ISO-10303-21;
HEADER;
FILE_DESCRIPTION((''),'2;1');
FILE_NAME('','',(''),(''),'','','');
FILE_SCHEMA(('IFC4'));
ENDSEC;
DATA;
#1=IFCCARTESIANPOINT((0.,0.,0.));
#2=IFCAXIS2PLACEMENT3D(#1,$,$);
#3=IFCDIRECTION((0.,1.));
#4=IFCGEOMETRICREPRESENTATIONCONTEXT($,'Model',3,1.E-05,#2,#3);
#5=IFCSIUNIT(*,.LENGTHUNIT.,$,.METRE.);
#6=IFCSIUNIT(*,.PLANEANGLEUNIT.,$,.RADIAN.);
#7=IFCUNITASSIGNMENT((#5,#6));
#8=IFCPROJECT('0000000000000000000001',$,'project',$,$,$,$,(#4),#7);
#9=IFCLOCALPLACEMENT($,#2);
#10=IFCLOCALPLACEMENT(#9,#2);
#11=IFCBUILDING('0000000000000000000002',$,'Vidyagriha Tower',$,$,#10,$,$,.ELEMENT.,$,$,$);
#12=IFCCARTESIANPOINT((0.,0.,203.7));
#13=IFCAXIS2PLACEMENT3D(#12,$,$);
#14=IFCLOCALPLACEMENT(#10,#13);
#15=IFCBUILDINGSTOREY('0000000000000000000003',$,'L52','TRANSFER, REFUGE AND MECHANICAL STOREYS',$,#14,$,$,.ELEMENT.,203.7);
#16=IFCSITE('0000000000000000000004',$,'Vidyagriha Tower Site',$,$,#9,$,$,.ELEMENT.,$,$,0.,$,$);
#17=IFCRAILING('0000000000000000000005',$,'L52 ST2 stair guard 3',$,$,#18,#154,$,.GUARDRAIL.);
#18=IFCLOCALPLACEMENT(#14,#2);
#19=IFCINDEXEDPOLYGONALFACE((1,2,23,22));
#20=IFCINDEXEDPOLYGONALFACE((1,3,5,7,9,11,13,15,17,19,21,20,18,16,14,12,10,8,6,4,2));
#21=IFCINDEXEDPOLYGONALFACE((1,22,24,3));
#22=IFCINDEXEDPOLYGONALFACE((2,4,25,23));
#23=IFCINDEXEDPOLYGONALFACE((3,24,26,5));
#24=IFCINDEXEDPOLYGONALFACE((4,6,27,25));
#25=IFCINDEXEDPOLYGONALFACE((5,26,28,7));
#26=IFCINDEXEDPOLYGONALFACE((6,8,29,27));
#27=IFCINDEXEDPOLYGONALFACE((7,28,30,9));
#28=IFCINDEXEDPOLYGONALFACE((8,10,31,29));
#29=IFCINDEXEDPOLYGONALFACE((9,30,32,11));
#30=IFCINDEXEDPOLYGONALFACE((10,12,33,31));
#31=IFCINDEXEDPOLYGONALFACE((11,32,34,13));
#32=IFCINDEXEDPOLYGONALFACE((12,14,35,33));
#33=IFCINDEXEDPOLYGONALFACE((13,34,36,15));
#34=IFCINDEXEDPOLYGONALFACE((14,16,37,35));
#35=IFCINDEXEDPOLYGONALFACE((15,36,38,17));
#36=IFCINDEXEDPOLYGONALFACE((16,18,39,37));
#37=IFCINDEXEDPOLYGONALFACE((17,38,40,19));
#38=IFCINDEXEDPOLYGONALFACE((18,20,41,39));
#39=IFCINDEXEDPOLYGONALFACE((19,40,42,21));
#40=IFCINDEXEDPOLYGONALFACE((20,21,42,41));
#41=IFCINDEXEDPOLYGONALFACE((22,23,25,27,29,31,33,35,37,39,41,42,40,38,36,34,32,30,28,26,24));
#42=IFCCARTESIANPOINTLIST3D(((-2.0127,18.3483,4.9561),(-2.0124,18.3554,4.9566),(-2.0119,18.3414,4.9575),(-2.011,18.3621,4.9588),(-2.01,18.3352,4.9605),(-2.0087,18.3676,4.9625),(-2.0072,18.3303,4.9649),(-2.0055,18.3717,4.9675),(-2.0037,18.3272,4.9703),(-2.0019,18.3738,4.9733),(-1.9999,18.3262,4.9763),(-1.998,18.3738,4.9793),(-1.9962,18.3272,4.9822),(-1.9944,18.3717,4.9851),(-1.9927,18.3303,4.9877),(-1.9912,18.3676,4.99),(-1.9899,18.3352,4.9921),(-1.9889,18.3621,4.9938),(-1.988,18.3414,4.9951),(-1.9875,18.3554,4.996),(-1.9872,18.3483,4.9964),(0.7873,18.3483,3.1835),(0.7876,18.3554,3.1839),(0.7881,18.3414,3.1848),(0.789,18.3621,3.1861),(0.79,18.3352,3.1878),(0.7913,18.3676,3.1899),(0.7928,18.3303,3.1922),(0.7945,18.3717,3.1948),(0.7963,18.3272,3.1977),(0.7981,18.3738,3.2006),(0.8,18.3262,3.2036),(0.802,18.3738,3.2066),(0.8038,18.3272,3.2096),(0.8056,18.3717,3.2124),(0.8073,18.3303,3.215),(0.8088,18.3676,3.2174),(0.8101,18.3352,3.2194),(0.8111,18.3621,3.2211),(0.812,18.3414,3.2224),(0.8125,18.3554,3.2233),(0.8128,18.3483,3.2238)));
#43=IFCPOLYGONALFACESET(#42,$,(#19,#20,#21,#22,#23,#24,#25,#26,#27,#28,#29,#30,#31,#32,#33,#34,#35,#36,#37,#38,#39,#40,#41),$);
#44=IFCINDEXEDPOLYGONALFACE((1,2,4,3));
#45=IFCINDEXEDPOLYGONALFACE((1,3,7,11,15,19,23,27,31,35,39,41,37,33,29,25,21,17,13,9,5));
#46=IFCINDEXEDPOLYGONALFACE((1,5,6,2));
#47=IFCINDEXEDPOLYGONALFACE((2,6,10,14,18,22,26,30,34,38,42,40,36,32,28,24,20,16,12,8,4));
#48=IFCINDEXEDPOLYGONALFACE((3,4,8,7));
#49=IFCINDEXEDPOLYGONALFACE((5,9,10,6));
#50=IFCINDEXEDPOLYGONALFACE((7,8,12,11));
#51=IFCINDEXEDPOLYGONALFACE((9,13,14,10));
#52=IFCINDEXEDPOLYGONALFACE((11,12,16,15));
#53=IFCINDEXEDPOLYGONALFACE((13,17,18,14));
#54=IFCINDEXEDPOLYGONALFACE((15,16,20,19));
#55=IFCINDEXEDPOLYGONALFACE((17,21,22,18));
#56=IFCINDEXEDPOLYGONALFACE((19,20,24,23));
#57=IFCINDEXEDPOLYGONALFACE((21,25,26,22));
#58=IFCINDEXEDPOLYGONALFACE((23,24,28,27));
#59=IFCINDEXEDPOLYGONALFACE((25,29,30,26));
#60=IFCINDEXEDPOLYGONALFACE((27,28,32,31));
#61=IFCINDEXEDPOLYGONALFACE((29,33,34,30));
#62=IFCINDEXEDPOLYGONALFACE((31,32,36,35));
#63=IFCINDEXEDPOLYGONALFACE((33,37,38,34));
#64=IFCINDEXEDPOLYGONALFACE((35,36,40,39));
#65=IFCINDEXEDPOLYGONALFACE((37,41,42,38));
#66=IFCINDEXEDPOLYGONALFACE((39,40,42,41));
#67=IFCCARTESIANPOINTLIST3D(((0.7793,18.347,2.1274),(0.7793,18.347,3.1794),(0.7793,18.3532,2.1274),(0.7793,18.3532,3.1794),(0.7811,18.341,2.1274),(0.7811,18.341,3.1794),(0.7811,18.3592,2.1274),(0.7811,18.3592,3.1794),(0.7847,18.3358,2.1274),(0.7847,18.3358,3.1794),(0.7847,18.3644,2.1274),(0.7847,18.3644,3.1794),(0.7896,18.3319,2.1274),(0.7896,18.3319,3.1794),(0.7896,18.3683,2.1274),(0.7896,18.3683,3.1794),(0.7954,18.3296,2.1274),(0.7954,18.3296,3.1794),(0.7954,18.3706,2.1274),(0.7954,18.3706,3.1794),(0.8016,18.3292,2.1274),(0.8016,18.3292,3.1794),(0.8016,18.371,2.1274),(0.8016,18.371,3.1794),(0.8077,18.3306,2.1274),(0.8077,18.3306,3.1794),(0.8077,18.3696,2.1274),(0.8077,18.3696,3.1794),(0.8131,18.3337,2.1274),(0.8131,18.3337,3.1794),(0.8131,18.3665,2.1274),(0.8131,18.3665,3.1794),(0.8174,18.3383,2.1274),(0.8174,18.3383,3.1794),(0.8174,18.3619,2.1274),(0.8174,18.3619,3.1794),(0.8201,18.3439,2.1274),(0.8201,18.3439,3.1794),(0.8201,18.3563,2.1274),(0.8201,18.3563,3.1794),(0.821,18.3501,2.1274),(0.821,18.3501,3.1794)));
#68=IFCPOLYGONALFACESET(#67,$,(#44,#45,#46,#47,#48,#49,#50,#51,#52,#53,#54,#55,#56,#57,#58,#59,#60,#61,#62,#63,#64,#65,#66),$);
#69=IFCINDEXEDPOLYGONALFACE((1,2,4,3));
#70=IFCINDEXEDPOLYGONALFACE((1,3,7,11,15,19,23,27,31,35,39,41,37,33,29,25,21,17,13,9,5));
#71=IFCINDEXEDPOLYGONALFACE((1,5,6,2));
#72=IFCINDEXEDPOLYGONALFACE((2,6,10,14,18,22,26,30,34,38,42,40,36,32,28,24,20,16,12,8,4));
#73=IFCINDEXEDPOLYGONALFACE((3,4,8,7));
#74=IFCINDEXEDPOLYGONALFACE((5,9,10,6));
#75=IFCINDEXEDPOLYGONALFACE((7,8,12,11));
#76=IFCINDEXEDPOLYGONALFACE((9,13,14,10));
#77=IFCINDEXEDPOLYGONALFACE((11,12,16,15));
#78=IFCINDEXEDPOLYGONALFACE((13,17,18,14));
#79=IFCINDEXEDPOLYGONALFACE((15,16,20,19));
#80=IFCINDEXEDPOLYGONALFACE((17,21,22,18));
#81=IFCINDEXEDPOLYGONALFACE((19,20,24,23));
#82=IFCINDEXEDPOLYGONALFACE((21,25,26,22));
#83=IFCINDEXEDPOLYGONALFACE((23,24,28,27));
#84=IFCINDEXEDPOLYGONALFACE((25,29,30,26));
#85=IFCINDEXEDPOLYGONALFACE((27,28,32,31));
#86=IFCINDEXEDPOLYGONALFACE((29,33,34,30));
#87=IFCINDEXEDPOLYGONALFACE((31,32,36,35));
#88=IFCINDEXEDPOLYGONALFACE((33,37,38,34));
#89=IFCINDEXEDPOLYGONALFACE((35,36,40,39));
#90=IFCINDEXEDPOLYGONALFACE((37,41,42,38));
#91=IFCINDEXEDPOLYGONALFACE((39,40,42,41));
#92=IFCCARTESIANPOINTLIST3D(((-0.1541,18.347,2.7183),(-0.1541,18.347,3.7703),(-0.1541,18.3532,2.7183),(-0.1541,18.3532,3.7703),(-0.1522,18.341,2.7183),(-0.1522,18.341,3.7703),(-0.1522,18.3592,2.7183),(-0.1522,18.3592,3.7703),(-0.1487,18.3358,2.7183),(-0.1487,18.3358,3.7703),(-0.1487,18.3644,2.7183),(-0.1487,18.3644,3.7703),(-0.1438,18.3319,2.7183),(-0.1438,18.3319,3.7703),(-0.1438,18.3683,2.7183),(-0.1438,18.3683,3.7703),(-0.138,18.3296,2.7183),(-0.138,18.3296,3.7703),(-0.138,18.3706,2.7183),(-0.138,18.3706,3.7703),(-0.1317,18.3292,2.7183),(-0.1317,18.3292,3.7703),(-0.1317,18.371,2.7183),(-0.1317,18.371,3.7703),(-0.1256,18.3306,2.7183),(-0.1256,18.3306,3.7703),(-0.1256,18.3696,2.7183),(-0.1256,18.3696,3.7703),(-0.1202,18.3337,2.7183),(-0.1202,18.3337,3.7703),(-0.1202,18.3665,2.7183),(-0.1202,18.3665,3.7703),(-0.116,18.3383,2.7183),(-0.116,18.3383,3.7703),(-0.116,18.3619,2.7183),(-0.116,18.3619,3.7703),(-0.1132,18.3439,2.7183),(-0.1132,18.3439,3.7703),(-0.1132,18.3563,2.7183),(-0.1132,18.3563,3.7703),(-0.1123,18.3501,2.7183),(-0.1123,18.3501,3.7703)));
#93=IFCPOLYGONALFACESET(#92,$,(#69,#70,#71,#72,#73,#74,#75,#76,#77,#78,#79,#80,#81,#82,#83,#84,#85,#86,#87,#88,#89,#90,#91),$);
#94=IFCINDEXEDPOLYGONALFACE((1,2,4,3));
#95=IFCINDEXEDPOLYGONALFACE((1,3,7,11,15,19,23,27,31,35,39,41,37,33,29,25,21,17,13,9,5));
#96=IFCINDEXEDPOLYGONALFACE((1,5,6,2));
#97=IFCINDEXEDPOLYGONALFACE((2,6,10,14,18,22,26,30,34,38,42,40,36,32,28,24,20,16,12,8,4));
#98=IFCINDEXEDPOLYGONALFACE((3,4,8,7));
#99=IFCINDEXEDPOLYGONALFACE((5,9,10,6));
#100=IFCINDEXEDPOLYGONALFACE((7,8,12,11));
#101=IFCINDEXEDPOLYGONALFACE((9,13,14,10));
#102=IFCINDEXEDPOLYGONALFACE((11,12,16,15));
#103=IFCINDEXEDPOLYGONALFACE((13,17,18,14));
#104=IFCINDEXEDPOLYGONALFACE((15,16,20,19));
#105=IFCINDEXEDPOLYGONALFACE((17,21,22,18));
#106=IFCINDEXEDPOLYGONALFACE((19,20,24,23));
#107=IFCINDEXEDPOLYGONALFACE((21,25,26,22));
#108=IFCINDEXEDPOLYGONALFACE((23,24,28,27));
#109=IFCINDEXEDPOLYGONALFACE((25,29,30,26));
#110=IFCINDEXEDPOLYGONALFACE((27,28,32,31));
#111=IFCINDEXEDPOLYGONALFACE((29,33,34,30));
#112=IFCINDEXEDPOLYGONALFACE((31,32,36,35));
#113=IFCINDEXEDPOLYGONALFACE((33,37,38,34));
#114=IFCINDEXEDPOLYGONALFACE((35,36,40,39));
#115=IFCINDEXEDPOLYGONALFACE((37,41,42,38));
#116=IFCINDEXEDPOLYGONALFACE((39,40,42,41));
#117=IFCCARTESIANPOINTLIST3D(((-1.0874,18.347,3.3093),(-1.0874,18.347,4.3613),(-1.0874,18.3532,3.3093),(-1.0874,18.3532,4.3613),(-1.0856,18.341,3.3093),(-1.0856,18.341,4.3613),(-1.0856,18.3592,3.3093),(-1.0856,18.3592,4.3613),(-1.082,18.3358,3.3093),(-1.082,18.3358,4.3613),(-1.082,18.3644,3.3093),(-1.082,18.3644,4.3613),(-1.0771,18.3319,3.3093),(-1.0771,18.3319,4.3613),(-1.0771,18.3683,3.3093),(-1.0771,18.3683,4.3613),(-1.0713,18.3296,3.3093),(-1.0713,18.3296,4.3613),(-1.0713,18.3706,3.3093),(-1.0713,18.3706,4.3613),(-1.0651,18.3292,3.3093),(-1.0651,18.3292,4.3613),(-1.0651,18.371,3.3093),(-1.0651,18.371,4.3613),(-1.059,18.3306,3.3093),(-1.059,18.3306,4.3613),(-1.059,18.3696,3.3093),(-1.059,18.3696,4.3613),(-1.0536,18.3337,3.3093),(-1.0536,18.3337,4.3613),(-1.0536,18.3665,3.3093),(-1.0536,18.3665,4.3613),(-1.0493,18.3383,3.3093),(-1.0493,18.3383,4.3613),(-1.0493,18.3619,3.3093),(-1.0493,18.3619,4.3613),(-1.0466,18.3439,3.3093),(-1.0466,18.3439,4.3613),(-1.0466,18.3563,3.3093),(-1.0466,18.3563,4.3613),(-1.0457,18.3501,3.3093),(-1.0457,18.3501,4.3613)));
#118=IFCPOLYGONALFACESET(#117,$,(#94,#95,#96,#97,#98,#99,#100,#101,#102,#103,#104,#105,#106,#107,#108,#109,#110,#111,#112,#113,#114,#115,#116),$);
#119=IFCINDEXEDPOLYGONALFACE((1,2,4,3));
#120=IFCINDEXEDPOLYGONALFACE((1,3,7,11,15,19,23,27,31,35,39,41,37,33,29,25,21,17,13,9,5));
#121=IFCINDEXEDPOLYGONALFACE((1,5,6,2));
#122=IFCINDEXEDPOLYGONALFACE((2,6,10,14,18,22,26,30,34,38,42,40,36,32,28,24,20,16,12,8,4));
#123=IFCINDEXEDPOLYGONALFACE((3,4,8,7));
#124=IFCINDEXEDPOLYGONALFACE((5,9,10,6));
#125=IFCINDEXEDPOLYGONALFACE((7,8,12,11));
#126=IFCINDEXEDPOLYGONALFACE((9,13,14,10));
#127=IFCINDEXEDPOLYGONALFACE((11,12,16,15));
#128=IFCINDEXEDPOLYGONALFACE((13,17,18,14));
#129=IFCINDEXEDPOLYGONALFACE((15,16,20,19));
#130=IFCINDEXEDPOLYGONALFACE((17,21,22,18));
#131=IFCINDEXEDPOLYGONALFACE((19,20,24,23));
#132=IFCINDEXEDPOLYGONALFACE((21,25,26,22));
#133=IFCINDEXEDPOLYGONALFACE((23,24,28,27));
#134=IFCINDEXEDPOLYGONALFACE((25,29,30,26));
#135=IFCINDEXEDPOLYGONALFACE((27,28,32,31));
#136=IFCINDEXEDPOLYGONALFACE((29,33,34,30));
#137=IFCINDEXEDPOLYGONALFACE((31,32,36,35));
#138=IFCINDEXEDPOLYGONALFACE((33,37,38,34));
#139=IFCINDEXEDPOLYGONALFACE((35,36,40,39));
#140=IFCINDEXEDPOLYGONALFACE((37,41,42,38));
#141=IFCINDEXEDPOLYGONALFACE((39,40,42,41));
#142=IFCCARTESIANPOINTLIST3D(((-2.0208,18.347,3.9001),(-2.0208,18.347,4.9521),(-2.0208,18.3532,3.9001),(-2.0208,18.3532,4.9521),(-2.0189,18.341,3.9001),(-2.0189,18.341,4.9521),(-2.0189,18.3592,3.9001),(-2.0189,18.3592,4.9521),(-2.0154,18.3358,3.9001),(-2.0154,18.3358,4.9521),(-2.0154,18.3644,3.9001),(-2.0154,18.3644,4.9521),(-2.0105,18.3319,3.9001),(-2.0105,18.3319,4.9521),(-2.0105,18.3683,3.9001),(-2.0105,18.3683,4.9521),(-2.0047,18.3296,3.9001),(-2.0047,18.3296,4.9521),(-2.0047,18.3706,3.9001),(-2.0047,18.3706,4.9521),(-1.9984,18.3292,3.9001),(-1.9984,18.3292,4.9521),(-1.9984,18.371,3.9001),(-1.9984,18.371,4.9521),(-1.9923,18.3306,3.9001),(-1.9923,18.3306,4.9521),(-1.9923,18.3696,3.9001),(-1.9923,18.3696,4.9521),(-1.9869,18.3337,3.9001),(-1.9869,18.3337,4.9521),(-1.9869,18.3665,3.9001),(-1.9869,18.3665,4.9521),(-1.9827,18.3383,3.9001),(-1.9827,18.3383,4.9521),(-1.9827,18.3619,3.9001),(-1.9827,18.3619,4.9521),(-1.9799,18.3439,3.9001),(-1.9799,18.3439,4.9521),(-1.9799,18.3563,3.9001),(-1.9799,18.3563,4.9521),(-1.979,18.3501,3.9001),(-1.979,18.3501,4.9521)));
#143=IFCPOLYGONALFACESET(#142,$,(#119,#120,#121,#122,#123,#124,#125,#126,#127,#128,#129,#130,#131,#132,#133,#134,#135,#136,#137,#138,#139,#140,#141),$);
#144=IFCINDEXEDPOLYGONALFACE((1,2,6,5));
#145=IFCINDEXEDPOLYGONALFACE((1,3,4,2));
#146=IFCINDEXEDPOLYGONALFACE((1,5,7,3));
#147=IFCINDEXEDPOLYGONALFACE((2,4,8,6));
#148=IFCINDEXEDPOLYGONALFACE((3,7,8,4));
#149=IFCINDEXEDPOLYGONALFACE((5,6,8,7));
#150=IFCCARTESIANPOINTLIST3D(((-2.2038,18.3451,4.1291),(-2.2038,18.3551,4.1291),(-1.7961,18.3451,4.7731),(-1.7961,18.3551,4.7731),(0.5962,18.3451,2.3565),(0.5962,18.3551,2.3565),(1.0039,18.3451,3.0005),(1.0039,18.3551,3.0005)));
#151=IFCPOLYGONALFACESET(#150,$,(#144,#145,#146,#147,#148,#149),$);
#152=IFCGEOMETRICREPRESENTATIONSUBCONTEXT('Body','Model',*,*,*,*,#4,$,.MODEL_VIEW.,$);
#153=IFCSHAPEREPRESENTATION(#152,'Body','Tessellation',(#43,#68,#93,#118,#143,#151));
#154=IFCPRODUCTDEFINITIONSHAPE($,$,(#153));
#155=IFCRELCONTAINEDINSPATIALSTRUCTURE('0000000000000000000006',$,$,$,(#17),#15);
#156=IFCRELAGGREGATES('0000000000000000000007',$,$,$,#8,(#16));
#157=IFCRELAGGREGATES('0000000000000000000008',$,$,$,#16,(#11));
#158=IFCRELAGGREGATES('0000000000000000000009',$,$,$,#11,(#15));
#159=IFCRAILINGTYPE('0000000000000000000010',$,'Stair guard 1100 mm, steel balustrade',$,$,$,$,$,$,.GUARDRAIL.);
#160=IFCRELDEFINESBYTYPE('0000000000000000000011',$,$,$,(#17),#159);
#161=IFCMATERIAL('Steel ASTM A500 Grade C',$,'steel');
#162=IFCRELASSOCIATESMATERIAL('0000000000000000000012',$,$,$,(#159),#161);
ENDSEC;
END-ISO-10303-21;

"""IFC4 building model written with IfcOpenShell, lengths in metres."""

from ifc_helpers import new_model, si_unit, direction, frame, origin, origin_2d, place, context, subcontext, project, spatial, rectangle, circle, extrude, material, type_object, element, save


model = new_model("IFC4")

# Units and contexts
model_context = context("Model", 3, precision=1e-05, world=origin(), true_north=direction((0.0, 1.0)))
body_context = subcontext(model_context, "Body", "Model", "MODEL_VIEW")
ifc_project = project(units=[si_unit("LENGTHUNIT", "METRE"), si_unit("PLANEANGLEUNIT", "RADIAN")], contexts=[model_context])

# Site, building, storey
site_placement = place(None, origin())
site = spatial("IfcSite", under=ifc_project, at=site_placement, Name="Vidyagriha Tower Site", CompositionType="ELEMENT", RefElevation=0.0)
building_placement = place(site_placement, origin())
building = spatial("IfcBuilding", under=site, at=building_placement, Name="Vidyagriha Tower", CompositionType="ELEMENT")
storey_placement = place(building_placement, frame((0.0, 0.0, 203.7)))
storey = spatial("IfcBuildingStorey", under=building, at=storey_placement, Name="L52", Description="TRANSFER, REFUGE AND MECHANICAL STOREYS", CompositionType="ELEMENT", Elevation=203.7)

# Railing
ifc_material_1 = material(Name="Steel ASTM A500 Grade C", Category="steel")
railing_type_1 = type_object("IfcRailingType", Name="Stair guard 1100 mm, steel balustrade", PredefinedType="GUARDRAIL", material=ifc_material_1)
railing_1_placement = place(storey_placement, frame((0.8, 18.3501, 2.1274)))
element("IfcRailing", 1, at=railing_1_placement, inside=storey, type_object=railing_type_1, Name="L52 ST2 stair guard 3", PredefinedType="GUARDRAIL", context=body_context, shape_type="SweptSolid", body=[
    extrude(circle(Radius=0.0239, at=origin_2d()), frame((0.0, 0.0, 1.0762), z_axis=(-0.844909, 0.0, 0.53491), x_axis=(0.0, -1.0, 0.0)), (0.0, 0.0, 1.0), 3.314),
    extrude(circle(Radius=0.021, at=origin_2d()), origin(), (0.0, 0.0, 1.0), 1.052),
    extrude(circle(Radius=0.021, at=origin_2d()), frame((-0.9333, 0.0, 0.5908)), (0.0, 0.0, 1.0), 1.052),
    extrude(circle(Radius=0.021, at=origin_2d()), frame((-1.8667, 0.0, 1.1819)), (0.0, 0.0, 1.0), 1.052),
    extrude(circle(Radius=0.021, at=origin_2d()), frame((-2.8, 0.0, 1.7727)), (0.0, 0.0, 1.0), 1.052),
    extrude(rectangle(XDim=0.01, YDim=0.7622, at=origin_2d()), frame((0.0, 0.0, 0.551), z_axis=(-0.844909, 0.0, 0.53491), x_axis=(0.0, -1.0, 0.0)), (0.0, 0.0, 1.0), 3.314),
])

save(model, "model.ifc")
